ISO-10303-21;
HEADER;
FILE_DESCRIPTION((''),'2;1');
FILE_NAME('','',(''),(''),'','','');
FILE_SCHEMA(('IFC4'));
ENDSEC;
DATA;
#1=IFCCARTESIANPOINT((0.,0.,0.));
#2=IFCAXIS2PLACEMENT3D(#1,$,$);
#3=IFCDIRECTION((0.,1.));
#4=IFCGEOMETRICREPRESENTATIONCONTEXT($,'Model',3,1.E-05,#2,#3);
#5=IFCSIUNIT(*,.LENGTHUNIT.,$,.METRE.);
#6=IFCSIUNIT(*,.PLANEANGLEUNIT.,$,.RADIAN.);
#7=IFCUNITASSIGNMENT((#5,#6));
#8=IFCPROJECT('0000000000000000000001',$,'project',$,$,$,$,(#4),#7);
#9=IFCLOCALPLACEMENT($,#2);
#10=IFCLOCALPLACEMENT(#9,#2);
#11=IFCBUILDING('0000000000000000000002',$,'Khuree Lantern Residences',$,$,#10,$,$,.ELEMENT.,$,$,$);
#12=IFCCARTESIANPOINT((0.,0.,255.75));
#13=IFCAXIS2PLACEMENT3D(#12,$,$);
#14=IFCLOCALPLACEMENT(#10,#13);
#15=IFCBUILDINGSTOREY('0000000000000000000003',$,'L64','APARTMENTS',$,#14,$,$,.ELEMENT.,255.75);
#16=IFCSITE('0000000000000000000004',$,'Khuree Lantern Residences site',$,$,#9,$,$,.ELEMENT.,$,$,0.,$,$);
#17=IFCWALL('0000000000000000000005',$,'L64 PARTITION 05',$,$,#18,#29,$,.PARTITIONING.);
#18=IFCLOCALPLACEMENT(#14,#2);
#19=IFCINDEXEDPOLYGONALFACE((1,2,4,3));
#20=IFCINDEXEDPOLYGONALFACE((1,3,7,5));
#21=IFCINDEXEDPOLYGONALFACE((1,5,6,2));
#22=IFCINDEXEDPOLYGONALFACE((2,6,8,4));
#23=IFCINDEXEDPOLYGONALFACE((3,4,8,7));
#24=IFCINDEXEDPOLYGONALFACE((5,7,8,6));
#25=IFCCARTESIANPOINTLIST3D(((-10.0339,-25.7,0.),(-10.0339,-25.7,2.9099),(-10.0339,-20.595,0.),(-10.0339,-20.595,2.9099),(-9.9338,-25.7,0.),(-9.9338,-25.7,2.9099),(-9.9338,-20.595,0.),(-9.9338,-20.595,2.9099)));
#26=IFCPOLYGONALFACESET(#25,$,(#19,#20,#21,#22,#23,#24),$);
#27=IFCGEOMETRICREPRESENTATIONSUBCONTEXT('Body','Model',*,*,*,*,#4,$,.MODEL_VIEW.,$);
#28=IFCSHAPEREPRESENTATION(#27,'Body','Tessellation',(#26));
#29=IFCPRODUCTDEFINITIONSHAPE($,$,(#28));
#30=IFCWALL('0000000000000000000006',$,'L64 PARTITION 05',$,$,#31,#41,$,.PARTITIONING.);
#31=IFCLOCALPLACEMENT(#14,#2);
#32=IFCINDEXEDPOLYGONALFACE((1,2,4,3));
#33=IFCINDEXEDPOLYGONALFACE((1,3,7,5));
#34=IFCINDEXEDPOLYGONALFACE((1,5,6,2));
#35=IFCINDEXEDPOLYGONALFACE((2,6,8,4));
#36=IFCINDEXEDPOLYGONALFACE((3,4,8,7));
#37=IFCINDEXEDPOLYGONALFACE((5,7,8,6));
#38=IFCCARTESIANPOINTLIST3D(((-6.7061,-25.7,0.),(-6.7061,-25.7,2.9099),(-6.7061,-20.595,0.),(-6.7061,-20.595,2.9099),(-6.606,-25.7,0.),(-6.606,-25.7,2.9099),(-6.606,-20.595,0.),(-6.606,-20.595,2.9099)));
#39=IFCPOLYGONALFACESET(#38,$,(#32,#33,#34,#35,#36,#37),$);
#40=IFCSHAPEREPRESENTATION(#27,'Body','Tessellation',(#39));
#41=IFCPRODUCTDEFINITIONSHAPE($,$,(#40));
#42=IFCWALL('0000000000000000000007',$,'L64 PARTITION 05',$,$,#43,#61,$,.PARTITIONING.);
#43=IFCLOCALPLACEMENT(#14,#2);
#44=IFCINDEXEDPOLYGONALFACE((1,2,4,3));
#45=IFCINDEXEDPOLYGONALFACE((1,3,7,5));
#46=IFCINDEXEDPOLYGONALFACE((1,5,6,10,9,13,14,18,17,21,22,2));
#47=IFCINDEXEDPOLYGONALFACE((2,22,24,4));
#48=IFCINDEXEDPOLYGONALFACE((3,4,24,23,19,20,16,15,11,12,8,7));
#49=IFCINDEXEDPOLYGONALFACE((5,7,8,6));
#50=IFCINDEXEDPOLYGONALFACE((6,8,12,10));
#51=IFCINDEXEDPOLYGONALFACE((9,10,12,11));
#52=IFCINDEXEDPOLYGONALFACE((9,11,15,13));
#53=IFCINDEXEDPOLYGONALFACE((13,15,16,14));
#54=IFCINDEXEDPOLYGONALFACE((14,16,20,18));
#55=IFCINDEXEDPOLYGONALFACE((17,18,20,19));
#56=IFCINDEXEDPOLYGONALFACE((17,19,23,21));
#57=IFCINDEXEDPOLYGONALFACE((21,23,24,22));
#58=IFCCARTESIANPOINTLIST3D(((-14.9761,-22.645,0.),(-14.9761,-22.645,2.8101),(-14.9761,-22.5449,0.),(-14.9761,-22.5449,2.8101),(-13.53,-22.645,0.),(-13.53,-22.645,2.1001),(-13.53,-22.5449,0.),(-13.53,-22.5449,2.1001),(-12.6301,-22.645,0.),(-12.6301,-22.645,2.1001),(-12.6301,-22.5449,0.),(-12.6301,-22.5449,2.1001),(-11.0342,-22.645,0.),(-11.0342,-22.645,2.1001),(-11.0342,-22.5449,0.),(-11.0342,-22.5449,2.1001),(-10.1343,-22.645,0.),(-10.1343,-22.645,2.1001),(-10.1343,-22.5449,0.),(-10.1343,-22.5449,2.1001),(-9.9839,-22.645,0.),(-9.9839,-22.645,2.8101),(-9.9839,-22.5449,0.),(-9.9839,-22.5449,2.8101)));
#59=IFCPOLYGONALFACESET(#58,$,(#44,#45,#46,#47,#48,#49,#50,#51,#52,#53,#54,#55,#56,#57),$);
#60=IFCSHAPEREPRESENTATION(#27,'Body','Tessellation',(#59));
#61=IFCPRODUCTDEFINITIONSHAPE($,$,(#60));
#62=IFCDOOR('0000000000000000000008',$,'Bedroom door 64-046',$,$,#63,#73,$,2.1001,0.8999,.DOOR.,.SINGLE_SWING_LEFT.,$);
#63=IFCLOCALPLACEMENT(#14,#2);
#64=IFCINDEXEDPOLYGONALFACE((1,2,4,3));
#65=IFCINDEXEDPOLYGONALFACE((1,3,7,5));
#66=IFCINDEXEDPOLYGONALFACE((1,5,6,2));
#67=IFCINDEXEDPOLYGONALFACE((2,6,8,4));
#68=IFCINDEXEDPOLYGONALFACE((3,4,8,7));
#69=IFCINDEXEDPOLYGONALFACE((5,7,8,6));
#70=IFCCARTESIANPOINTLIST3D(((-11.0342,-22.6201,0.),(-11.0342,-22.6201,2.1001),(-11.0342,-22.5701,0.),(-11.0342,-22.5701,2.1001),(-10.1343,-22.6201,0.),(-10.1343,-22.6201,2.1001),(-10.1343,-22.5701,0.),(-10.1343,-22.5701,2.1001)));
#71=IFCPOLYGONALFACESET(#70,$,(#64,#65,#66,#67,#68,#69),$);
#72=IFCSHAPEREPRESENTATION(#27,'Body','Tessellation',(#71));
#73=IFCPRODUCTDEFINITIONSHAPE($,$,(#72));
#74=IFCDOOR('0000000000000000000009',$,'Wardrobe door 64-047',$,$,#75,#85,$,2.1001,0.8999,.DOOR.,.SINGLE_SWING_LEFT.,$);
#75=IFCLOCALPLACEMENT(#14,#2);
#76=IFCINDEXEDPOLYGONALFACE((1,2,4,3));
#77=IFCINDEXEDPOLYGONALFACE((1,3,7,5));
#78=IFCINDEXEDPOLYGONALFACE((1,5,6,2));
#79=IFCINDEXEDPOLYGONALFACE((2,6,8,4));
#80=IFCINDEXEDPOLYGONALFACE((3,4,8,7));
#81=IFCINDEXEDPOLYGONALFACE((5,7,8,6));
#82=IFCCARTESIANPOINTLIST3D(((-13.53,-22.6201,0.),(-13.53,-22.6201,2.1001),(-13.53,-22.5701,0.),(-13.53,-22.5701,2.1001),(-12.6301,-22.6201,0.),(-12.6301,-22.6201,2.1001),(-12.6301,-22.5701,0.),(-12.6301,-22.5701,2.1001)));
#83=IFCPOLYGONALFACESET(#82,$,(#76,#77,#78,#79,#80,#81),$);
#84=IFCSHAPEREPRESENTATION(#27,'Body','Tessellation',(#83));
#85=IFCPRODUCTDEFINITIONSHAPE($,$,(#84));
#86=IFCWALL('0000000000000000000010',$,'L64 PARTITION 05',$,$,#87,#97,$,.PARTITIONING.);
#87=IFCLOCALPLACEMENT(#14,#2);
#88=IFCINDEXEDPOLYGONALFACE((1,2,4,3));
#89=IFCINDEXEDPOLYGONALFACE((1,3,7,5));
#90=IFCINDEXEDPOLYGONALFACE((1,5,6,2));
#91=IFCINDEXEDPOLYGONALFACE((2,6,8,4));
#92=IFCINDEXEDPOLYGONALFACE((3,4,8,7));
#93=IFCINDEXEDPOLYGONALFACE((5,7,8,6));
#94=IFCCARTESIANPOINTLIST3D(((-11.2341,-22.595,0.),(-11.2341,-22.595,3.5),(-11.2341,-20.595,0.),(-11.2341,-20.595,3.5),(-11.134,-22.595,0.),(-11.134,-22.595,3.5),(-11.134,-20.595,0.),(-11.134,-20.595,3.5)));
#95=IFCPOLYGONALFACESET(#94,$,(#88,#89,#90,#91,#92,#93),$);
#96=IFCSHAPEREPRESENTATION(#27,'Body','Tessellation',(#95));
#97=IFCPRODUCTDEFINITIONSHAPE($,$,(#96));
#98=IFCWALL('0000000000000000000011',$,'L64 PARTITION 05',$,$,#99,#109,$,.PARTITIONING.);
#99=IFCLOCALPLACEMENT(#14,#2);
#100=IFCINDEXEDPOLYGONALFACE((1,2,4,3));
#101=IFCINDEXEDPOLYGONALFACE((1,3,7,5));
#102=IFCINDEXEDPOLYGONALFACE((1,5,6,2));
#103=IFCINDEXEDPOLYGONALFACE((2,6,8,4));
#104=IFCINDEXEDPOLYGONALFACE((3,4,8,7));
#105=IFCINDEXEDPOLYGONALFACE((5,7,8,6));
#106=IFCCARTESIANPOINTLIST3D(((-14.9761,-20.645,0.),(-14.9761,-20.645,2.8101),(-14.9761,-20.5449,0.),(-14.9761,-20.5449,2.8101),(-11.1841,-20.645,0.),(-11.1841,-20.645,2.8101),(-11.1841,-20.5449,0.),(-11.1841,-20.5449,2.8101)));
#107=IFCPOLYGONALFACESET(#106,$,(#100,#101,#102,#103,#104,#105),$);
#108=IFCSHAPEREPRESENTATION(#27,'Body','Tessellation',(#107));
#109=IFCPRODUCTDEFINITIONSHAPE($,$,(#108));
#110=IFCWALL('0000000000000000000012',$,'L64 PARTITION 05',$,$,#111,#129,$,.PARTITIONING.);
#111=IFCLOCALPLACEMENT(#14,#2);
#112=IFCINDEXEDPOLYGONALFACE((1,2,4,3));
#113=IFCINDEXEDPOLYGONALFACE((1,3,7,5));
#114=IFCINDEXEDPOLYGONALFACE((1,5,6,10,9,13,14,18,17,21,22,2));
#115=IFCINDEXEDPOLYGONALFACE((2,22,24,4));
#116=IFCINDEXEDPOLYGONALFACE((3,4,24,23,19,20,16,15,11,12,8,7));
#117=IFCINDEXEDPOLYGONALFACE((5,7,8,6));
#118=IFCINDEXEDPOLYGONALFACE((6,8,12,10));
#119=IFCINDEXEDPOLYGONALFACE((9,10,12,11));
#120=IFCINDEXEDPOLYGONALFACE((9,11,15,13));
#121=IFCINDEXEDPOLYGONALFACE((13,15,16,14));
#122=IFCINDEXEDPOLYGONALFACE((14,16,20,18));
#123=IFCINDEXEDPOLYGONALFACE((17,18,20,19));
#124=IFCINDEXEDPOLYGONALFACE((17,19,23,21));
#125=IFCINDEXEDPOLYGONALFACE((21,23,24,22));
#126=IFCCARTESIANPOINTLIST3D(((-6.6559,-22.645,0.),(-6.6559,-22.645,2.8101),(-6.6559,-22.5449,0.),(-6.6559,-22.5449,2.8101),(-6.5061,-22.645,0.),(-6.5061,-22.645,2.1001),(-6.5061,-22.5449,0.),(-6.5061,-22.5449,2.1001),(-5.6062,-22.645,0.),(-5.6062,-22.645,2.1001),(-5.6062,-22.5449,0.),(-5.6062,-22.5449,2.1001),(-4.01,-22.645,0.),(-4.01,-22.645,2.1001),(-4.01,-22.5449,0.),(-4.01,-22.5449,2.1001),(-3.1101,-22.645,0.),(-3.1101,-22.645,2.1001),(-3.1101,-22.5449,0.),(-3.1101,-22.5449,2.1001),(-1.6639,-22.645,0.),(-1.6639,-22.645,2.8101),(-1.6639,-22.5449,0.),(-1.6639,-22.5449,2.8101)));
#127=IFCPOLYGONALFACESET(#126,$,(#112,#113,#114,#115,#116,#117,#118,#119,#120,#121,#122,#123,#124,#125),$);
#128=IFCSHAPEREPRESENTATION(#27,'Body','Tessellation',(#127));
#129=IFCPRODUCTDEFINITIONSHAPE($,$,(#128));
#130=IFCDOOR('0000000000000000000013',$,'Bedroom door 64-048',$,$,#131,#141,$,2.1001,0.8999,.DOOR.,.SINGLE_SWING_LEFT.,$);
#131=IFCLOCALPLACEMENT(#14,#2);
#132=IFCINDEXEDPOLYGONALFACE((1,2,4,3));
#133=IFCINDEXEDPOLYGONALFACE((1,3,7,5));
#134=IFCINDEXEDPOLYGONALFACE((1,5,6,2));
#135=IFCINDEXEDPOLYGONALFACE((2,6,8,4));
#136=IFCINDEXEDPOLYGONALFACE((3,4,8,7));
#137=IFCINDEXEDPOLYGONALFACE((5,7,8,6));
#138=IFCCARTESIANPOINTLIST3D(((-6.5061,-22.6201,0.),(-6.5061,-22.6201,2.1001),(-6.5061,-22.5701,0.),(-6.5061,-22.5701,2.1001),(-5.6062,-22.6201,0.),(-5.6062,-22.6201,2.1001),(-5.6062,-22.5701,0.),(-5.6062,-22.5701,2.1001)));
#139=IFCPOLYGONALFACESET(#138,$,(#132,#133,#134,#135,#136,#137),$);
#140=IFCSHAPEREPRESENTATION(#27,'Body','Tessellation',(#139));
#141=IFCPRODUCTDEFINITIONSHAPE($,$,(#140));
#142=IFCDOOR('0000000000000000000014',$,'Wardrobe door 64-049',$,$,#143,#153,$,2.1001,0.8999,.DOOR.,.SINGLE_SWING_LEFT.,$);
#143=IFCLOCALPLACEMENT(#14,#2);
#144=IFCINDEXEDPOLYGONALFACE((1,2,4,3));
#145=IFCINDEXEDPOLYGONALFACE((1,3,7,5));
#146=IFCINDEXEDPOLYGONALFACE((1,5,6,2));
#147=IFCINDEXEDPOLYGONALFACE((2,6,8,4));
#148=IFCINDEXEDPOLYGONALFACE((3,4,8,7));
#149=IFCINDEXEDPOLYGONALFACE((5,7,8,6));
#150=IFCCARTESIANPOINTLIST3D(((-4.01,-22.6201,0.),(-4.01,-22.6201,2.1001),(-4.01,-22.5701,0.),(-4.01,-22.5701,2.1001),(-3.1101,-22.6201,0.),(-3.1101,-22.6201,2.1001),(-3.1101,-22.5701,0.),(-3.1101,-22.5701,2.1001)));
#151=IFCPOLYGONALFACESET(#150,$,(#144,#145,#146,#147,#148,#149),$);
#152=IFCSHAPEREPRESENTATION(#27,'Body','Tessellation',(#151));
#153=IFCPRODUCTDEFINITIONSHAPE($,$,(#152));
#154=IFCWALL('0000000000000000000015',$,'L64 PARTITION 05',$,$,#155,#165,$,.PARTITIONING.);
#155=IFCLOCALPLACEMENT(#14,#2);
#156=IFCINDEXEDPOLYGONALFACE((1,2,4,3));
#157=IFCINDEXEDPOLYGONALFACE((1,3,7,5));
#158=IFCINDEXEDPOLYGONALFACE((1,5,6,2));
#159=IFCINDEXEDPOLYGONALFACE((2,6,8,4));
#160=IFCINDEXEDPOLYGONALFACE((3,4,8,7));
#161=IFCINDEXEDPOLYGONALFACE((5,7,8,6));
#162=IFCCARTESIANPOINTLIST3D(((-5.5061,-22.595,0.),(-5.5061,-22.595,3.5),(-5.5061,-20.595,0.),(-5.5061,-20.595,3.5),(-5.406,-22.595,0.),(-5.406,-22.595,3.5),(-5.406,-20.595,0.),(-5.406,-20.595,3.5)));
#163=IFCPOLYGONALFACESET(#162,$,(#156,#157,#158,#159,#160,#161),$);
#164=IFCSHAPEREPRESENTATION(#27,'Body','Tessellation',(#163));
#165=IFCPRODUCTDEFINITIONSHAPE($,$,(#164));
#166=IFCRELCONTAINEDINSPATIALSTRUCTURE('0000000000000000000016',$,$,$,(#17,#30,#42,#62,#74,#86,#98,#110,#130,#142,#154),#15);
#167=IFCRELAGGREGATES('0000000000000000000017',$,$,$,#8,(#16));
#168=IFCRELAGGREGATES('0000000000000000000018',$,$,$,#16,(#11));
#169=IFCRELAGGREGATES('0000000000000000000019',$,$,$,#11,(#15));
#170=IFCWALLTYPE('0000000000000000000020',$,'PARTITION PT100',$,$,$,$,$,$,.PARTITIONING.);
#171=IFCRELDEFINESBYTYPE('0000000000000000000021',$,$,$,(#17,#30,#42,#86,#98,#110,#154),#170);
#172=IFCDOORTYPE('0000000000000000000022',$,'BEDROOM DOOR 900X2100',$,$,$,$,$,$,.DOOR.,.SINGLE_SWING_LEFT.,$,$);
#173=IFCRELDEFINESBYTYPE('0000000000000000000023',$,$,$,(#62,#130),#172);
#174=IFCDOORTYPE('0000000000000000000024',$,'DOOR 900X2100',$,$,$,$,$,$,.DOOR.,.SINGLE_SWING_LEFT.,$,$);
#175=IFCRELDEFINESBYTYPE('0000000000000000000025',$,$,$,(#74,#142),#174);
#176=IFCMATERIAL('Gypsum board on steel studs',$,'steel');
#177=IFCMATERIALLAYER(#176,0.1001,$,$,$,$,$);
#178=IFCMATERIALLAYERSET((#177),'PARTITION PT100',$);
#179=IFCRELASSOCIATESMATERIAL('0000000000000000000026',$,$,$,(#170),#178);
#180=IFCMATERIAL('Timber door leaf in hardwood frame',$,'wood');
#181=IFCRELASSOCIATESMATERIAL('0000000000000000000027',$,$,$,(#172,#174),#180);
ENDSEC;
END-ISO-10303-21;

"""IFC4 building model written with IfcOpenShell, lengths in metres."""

from ifc_helpers import new_model, si_unit, direction, frame, frame_2d, origin, place, context, subcontext, project, spatial, rectangle, extrude, material, layer, layer_set, type_object, element, fill, save


model = new_model("IFC4")

# Units and contexts
model_context = context("Model", 3, precision=1e-05, world=origin(), true_north=direction((0.0, 1.0)))
body_context = subcontext(model_context, "Body", "Model", "MODEL_VIEW")
ifc_project = project(units=[si_unit("LENGTHUNIT", "METRE"), si_unit("PLANEANGLEUNIT", "RADIAN")], contexts=[model_context])

# Site, building, storey
site_placement = place(None, origin())
site = spatial("IfcSite", under=ifc_project, at=site_placement, Name="Khuree Lantern Residences site", CompositionType="ELEMENT", RefElevation=0.0)
building_placement = place(site_placement, origin())
building = spatial("IfcBuilding", under=site, at=building_placement, Name="Khuree Lantern Residences", CompositionType="ELEMENT")
storey_placement = place(building_placement, frame((0.0, 0.0, 255.75)))
storey = spatial("IfcBuildingStorey", under=building, at=storey_placement, Name="L64", Description="APARTMENTS", CompositionType="ELEMENT", Elevation=255.75)

# Walls
ifc_material_1 = material(Name="Gypsum board on steel studs", Category="steel")
ifc_layer_1 = layer(ifc_material_1, 0.1001)
ifc_layer_set_1 = layer_set([ifc_layer_1], Name="PARTITION PT100")
wall_type = type_object("IfcWallType", Name="PARTITION PT100", PredefinedType="PARTITIONING", material=ifc_layer_set_1)
for number, where, z_axis, x_axis, name in (
    (1, (-9.9839, -20.595, 0.0), (0.0, 0.0, 1.0), (0.0, -1.0, 0.0), "L64 PARTITION 05"),
    (2, (-6.656, -20.595, 0.0), (0.0, 0.0, 1.0), (0.0, -1.0, 0.0), "L64 PARTITION 05"),
):
    element("IfcWall", number, at=place(storey_placement, frame(where, z_axis=z_axis, x_axis=x_axis)), inside=storey, type_object=wall_type, Name=name, PredefinedType="PARTITIONING", context=body_context, shape_type="SweptSolid", body=[
        extrude(rectangle(XDim=5.105, YDim=0.1001, at=frame_2d((2.5525, 0.0))), origin(), (0.0, 0.0, 1.0), 2.9099),
    ])

# Wall, openings, doors
wall_1_placement = place(storey_placement, frame((-14.9761, -22.595, 0.0), z_axis=(0.0, 0.0, 1.0), x_axis=(1.0, 0.0, 0.0)))
wall_1 = element("IfcWall", 3, at=wall_1_placement, inside=storey, type_object=wall_type, Name="L64 PARTITION 05", PredefinedType="PARTITIONING", context=body_context, shape_type="SweptSolid", body=[
    extrude(rectangle(XDim=4.9922, YDim=0.1001, at=frame_2d((2.4961, 0.0))), origin(), (0.0, 0.0, 1.0), 2.8101),
])
opening_1_placement = place(wall_1_placement, frame((3.9419, 0.0, 0.0)))
opening_1 = element("IfcOpeningElement", 4, at=opening_1_placement, cuts=wall_1, PredefinedType="OPENING", context=body_context, shape_type="SweptSolid", body=[
    extrude(rectangle(XDim=0.8999, YDim=2.1001, at=frame_2d((0.45, 1.05))), frame((0.0, 0.0601, 0.0), z_axis=(0.0, -1.0, 0.0), x_axis=(1.0, 0.0, 0.0)), (0.0, 0.0, 1.0), 0.1201),
])
opening_2_placement = place(wall_1_placement, frame((1.446, 0.0, 0.0)))
opening_2 = element("IfcOpeningElement", 5, at=opening_2_placement, cuts=wall_1, PredefinedType="OPENING", context=body_context, shape_type="SweptSolid", body=[
    extrude(rectangle(XDim=0.8999, YDim=2.1001, at=frame_2d((0.45, 1.05))), frame((0.0, 0.0601, 0.0), z_axis=(0.0, -1.0, 0.0), x_axis=(1.0, 0.0, 0.0)), (0.0, 0.0, 1.0), 0.1201),
])
ifc_material_2 = material(Name="Timber door leaf in hardwood frame", Category="wood")
door_type_1 = type_object("IfcDoorType", Name="BEDROOM DOOR 900X2100", OperationType="SINGLE_SWING_LEFT", PredefinedType="DOOR", material=ifc_material_2)
door_1_placement = place(opening_1_placement, origin())
door_1 = element("IfcDoor", 6, at=door_1_placement, inside=storey, type_object=door_type_1, Name="Bedroom door 64-046", OperationType="SINGLE_SWING_LEFT", OverallHeight=2.1001, OverallWidth=0.8999, PredefinedType="DOOR", context=body_context, shape_type="SweptSolid", body=[
    extrude(rectangle(XDim=0.8999, YDim=2.1001, at=frame_2d((0.45, 1.05))), frame((0.0, 0.0249, 0.0), z_axis=(0.0, -1.0, 0.0), x_axis=(1.0, 0.0, 0.0)), (0.0, 0.0, 1.0), 0.05),
])
fill(opening_1, door_1)
door_type_2 = type_object("IfcDoorType", Name="DOOR 900X2100", OperationType="SINGLE_SWING_LEFT", PredefinedType="DOOR", material=ifc_material_2)
door_2_placement = place(opening_2_placement, origin())
door_2 = element("IfcDoor", 7, at=door_2_placement, inside=storey, type_object=door_type_2, Name="Wardrobe door 64-047", OperationType="SINGLE_SWING_LEFT", OverallHeight=2.1001, OverallWidth=0.8999, PredefinedType="DOOR", context=body_context, shape_type="SweptSolid", body=[
    extrude(rectangle(XDim=0.8999, YDim=2.1001, at=frame_2d((0.45, 1.05))), frame((0.0, 0.0249, 0.0), z_axis=(0.0, -1.0, 0.0), x_axis=(1.0, 0.0, 0.0)), (0.0, 0.0, 1.0), 0.05),
])
fill(opening_2, door_2)

# Walls
wall_2_placement = place(storey_placement, frame((-11.1841, -20.595, 0.0), z_axis=(0.0, 0.0, 1.0), x_axis=(0.0, -1.0, 0.0)))
element("IfcWall", 8, at=wall_2_placement, inside=storey, type_object=wall_type, Name="L64 PARTITION 05", PredefinedType="PARTITIONING", context=body_context, shape_type="SweptSolid", body=[
    extrude(rectangle(XDim=2.0, YDim=0.1001, at=frame_2d((1.0, 0.0))), origin(), (0.0, 0.0, 1.0), 3.5),
])
wall_3_placement = place(storey_placement, frame((-14.9761, -20.595, 0.0), z_axis=(0.0, 0.0, 1.0), x_axis=(1.0, 0.0, 0.0)))
element("IfcWall", 9, at=wall_3_placement, inside=storey, type_object=wall_type, Name="L64 PARTITION 05", PredefinedType="PARTITIONING", context=body_context, shape_type="SweptSolid", body=[
    extrude(rectangle(XDim=3.792, YDim=0.1001, at=frame_2d((1.896, 0.0))), origin(), (0.0, 0.0, 1.0), 2.8101),
])

# Wall, openings, doors
wall_4_placement = place(storey_placement, frame((-6.656, -22.595, 0.0), z_axis=(0.0, 0.0, 1.0), x_axis=(1.0, 0.0, 0.0)))
wall_4 = element("IfcWall", 10, at=wall_4_placement, inside=storey, type_object=wall_type, Name="L64 PARTITION 05", PredefinedType="PARTITIONING", context=body_context, shape_type="SweptSolid", body=[
    extrude(rectangle(XDim=4.9919, YDim=0.1001, at=frame_2d((2.4961, 0.0))), origin(), (0.0, 0.0, 1.0), 2.8101),
])
opening_3_placement = place(wall_4_placement, frame((0.1499, 0.0, 0.0)))
opening_3 = element("IfcOpeningElement", 11, at=opening_3_placement, cuts=wall_4, PredefinedType="OPENING", context=body_context, shape_type="SweptSolid", body=[
    extrude(rectangle(XDim=0.8999, YDim=2.1001, at=frame_2d((0.45, 1.05))), frame((0.0, 0.0601, 0.0), z_axis=(0.0, -1.0, 0.0), x_axis=(1.0, 0.0, 0.0)), (0.0, 0.0, 1.0), 0.1201),
])
opening_4_placement = place(wall_4_placement, frame((2.646, 0.0, 0.0)))
opening_4 = element("IfcOpeningElement", 12, at=opening_4_placement, cuts=wall_4, PredefinedType="OPENING", context=body_context, shape_type="SweptSolid", body=[
    extrude(rectangle(XDim=0.8999, YDim=2.1001, at=frame_2d((0.45, 1.05))), frame((0.0, 0.0601, 0.0), z_axis=(0.0, -1.0, 0.0), x_axis=(1.0, 0.0, 0.0)), (0.0, 0.0, 1.0), 0.1201),
])
door_3_placement = place(opening_3_placement, origin())
door_3 = element("IfcDoor", 13, at=door_3_placement, inside=storey, type_object=door_type_1, Name="Bedroom door 64-048", OperationType="SINGLE_SWING_LEFT", OverallHeight=2.1001, OverallWidth=0.8999, PredefinedType="DOOR", context=body_context, shape_type="SweptSolid", body=[
    extrude(rectangle(XDim=0.8999, YDim=2.1001, at=frame_2d((0.45, 1.05))), frame((0.0, 0.0249, 0.0), z_axis=(0.0, -1.0, 0.0), x_axis=(1.0, 0.0, 0.0)), (0.0, 0.0, 1.0), 0.05),
])
fill(opening_3, door_3)
door_4_placement = place(opening_4_placement, origin())
door_4 = element("IfcDoor", 14, at=door_4_placement, inside=storey, type_object=door_type_2, Name="Wardrobe door 64-049", OperationType="SINGLE_SWING_LEFT", OverallHeight=2.1001, OverallWidth=0.8999, PredefinedType="DOOR", context=body_context, shape_type="SweptSolid", body=[
    extrude(rectangle(XDim=0.8999, YDim=2.1001, at=frame_2d((0.45, 1.05))), frame((0.0, 0.0249, 0.0), z_axis=(0.0, -1.0, 0.0), x_axis=(1.0, 0.0, 0.0)), (0.0, 0.0, 1.0), 0.05),
])
fill(opening_4, door_4)

# Wall
wall_5_placement = place(storey_placement, frame((-5.4561, -20.595, 0.0), z_axis=(0.0, 0.0, 1.0), x_axis=(0.0, -1.0, 0.0)))
element("IfcWall", 15, at=wall_5_placement, inside=storey, type_object=wall_type, Name="L64 PARTITION 05", PredefinedType="PARTITIONING", context=body_context, shape_type="SweptSolid", body=[
    extrude(rectangle(XDim=2.0, YDim=0.1001, at=frame_2d((1.0, 0.0))), origin(), (0.0, 0.0, 1.0), 3.5),
])

save(model, "model.ifc")
